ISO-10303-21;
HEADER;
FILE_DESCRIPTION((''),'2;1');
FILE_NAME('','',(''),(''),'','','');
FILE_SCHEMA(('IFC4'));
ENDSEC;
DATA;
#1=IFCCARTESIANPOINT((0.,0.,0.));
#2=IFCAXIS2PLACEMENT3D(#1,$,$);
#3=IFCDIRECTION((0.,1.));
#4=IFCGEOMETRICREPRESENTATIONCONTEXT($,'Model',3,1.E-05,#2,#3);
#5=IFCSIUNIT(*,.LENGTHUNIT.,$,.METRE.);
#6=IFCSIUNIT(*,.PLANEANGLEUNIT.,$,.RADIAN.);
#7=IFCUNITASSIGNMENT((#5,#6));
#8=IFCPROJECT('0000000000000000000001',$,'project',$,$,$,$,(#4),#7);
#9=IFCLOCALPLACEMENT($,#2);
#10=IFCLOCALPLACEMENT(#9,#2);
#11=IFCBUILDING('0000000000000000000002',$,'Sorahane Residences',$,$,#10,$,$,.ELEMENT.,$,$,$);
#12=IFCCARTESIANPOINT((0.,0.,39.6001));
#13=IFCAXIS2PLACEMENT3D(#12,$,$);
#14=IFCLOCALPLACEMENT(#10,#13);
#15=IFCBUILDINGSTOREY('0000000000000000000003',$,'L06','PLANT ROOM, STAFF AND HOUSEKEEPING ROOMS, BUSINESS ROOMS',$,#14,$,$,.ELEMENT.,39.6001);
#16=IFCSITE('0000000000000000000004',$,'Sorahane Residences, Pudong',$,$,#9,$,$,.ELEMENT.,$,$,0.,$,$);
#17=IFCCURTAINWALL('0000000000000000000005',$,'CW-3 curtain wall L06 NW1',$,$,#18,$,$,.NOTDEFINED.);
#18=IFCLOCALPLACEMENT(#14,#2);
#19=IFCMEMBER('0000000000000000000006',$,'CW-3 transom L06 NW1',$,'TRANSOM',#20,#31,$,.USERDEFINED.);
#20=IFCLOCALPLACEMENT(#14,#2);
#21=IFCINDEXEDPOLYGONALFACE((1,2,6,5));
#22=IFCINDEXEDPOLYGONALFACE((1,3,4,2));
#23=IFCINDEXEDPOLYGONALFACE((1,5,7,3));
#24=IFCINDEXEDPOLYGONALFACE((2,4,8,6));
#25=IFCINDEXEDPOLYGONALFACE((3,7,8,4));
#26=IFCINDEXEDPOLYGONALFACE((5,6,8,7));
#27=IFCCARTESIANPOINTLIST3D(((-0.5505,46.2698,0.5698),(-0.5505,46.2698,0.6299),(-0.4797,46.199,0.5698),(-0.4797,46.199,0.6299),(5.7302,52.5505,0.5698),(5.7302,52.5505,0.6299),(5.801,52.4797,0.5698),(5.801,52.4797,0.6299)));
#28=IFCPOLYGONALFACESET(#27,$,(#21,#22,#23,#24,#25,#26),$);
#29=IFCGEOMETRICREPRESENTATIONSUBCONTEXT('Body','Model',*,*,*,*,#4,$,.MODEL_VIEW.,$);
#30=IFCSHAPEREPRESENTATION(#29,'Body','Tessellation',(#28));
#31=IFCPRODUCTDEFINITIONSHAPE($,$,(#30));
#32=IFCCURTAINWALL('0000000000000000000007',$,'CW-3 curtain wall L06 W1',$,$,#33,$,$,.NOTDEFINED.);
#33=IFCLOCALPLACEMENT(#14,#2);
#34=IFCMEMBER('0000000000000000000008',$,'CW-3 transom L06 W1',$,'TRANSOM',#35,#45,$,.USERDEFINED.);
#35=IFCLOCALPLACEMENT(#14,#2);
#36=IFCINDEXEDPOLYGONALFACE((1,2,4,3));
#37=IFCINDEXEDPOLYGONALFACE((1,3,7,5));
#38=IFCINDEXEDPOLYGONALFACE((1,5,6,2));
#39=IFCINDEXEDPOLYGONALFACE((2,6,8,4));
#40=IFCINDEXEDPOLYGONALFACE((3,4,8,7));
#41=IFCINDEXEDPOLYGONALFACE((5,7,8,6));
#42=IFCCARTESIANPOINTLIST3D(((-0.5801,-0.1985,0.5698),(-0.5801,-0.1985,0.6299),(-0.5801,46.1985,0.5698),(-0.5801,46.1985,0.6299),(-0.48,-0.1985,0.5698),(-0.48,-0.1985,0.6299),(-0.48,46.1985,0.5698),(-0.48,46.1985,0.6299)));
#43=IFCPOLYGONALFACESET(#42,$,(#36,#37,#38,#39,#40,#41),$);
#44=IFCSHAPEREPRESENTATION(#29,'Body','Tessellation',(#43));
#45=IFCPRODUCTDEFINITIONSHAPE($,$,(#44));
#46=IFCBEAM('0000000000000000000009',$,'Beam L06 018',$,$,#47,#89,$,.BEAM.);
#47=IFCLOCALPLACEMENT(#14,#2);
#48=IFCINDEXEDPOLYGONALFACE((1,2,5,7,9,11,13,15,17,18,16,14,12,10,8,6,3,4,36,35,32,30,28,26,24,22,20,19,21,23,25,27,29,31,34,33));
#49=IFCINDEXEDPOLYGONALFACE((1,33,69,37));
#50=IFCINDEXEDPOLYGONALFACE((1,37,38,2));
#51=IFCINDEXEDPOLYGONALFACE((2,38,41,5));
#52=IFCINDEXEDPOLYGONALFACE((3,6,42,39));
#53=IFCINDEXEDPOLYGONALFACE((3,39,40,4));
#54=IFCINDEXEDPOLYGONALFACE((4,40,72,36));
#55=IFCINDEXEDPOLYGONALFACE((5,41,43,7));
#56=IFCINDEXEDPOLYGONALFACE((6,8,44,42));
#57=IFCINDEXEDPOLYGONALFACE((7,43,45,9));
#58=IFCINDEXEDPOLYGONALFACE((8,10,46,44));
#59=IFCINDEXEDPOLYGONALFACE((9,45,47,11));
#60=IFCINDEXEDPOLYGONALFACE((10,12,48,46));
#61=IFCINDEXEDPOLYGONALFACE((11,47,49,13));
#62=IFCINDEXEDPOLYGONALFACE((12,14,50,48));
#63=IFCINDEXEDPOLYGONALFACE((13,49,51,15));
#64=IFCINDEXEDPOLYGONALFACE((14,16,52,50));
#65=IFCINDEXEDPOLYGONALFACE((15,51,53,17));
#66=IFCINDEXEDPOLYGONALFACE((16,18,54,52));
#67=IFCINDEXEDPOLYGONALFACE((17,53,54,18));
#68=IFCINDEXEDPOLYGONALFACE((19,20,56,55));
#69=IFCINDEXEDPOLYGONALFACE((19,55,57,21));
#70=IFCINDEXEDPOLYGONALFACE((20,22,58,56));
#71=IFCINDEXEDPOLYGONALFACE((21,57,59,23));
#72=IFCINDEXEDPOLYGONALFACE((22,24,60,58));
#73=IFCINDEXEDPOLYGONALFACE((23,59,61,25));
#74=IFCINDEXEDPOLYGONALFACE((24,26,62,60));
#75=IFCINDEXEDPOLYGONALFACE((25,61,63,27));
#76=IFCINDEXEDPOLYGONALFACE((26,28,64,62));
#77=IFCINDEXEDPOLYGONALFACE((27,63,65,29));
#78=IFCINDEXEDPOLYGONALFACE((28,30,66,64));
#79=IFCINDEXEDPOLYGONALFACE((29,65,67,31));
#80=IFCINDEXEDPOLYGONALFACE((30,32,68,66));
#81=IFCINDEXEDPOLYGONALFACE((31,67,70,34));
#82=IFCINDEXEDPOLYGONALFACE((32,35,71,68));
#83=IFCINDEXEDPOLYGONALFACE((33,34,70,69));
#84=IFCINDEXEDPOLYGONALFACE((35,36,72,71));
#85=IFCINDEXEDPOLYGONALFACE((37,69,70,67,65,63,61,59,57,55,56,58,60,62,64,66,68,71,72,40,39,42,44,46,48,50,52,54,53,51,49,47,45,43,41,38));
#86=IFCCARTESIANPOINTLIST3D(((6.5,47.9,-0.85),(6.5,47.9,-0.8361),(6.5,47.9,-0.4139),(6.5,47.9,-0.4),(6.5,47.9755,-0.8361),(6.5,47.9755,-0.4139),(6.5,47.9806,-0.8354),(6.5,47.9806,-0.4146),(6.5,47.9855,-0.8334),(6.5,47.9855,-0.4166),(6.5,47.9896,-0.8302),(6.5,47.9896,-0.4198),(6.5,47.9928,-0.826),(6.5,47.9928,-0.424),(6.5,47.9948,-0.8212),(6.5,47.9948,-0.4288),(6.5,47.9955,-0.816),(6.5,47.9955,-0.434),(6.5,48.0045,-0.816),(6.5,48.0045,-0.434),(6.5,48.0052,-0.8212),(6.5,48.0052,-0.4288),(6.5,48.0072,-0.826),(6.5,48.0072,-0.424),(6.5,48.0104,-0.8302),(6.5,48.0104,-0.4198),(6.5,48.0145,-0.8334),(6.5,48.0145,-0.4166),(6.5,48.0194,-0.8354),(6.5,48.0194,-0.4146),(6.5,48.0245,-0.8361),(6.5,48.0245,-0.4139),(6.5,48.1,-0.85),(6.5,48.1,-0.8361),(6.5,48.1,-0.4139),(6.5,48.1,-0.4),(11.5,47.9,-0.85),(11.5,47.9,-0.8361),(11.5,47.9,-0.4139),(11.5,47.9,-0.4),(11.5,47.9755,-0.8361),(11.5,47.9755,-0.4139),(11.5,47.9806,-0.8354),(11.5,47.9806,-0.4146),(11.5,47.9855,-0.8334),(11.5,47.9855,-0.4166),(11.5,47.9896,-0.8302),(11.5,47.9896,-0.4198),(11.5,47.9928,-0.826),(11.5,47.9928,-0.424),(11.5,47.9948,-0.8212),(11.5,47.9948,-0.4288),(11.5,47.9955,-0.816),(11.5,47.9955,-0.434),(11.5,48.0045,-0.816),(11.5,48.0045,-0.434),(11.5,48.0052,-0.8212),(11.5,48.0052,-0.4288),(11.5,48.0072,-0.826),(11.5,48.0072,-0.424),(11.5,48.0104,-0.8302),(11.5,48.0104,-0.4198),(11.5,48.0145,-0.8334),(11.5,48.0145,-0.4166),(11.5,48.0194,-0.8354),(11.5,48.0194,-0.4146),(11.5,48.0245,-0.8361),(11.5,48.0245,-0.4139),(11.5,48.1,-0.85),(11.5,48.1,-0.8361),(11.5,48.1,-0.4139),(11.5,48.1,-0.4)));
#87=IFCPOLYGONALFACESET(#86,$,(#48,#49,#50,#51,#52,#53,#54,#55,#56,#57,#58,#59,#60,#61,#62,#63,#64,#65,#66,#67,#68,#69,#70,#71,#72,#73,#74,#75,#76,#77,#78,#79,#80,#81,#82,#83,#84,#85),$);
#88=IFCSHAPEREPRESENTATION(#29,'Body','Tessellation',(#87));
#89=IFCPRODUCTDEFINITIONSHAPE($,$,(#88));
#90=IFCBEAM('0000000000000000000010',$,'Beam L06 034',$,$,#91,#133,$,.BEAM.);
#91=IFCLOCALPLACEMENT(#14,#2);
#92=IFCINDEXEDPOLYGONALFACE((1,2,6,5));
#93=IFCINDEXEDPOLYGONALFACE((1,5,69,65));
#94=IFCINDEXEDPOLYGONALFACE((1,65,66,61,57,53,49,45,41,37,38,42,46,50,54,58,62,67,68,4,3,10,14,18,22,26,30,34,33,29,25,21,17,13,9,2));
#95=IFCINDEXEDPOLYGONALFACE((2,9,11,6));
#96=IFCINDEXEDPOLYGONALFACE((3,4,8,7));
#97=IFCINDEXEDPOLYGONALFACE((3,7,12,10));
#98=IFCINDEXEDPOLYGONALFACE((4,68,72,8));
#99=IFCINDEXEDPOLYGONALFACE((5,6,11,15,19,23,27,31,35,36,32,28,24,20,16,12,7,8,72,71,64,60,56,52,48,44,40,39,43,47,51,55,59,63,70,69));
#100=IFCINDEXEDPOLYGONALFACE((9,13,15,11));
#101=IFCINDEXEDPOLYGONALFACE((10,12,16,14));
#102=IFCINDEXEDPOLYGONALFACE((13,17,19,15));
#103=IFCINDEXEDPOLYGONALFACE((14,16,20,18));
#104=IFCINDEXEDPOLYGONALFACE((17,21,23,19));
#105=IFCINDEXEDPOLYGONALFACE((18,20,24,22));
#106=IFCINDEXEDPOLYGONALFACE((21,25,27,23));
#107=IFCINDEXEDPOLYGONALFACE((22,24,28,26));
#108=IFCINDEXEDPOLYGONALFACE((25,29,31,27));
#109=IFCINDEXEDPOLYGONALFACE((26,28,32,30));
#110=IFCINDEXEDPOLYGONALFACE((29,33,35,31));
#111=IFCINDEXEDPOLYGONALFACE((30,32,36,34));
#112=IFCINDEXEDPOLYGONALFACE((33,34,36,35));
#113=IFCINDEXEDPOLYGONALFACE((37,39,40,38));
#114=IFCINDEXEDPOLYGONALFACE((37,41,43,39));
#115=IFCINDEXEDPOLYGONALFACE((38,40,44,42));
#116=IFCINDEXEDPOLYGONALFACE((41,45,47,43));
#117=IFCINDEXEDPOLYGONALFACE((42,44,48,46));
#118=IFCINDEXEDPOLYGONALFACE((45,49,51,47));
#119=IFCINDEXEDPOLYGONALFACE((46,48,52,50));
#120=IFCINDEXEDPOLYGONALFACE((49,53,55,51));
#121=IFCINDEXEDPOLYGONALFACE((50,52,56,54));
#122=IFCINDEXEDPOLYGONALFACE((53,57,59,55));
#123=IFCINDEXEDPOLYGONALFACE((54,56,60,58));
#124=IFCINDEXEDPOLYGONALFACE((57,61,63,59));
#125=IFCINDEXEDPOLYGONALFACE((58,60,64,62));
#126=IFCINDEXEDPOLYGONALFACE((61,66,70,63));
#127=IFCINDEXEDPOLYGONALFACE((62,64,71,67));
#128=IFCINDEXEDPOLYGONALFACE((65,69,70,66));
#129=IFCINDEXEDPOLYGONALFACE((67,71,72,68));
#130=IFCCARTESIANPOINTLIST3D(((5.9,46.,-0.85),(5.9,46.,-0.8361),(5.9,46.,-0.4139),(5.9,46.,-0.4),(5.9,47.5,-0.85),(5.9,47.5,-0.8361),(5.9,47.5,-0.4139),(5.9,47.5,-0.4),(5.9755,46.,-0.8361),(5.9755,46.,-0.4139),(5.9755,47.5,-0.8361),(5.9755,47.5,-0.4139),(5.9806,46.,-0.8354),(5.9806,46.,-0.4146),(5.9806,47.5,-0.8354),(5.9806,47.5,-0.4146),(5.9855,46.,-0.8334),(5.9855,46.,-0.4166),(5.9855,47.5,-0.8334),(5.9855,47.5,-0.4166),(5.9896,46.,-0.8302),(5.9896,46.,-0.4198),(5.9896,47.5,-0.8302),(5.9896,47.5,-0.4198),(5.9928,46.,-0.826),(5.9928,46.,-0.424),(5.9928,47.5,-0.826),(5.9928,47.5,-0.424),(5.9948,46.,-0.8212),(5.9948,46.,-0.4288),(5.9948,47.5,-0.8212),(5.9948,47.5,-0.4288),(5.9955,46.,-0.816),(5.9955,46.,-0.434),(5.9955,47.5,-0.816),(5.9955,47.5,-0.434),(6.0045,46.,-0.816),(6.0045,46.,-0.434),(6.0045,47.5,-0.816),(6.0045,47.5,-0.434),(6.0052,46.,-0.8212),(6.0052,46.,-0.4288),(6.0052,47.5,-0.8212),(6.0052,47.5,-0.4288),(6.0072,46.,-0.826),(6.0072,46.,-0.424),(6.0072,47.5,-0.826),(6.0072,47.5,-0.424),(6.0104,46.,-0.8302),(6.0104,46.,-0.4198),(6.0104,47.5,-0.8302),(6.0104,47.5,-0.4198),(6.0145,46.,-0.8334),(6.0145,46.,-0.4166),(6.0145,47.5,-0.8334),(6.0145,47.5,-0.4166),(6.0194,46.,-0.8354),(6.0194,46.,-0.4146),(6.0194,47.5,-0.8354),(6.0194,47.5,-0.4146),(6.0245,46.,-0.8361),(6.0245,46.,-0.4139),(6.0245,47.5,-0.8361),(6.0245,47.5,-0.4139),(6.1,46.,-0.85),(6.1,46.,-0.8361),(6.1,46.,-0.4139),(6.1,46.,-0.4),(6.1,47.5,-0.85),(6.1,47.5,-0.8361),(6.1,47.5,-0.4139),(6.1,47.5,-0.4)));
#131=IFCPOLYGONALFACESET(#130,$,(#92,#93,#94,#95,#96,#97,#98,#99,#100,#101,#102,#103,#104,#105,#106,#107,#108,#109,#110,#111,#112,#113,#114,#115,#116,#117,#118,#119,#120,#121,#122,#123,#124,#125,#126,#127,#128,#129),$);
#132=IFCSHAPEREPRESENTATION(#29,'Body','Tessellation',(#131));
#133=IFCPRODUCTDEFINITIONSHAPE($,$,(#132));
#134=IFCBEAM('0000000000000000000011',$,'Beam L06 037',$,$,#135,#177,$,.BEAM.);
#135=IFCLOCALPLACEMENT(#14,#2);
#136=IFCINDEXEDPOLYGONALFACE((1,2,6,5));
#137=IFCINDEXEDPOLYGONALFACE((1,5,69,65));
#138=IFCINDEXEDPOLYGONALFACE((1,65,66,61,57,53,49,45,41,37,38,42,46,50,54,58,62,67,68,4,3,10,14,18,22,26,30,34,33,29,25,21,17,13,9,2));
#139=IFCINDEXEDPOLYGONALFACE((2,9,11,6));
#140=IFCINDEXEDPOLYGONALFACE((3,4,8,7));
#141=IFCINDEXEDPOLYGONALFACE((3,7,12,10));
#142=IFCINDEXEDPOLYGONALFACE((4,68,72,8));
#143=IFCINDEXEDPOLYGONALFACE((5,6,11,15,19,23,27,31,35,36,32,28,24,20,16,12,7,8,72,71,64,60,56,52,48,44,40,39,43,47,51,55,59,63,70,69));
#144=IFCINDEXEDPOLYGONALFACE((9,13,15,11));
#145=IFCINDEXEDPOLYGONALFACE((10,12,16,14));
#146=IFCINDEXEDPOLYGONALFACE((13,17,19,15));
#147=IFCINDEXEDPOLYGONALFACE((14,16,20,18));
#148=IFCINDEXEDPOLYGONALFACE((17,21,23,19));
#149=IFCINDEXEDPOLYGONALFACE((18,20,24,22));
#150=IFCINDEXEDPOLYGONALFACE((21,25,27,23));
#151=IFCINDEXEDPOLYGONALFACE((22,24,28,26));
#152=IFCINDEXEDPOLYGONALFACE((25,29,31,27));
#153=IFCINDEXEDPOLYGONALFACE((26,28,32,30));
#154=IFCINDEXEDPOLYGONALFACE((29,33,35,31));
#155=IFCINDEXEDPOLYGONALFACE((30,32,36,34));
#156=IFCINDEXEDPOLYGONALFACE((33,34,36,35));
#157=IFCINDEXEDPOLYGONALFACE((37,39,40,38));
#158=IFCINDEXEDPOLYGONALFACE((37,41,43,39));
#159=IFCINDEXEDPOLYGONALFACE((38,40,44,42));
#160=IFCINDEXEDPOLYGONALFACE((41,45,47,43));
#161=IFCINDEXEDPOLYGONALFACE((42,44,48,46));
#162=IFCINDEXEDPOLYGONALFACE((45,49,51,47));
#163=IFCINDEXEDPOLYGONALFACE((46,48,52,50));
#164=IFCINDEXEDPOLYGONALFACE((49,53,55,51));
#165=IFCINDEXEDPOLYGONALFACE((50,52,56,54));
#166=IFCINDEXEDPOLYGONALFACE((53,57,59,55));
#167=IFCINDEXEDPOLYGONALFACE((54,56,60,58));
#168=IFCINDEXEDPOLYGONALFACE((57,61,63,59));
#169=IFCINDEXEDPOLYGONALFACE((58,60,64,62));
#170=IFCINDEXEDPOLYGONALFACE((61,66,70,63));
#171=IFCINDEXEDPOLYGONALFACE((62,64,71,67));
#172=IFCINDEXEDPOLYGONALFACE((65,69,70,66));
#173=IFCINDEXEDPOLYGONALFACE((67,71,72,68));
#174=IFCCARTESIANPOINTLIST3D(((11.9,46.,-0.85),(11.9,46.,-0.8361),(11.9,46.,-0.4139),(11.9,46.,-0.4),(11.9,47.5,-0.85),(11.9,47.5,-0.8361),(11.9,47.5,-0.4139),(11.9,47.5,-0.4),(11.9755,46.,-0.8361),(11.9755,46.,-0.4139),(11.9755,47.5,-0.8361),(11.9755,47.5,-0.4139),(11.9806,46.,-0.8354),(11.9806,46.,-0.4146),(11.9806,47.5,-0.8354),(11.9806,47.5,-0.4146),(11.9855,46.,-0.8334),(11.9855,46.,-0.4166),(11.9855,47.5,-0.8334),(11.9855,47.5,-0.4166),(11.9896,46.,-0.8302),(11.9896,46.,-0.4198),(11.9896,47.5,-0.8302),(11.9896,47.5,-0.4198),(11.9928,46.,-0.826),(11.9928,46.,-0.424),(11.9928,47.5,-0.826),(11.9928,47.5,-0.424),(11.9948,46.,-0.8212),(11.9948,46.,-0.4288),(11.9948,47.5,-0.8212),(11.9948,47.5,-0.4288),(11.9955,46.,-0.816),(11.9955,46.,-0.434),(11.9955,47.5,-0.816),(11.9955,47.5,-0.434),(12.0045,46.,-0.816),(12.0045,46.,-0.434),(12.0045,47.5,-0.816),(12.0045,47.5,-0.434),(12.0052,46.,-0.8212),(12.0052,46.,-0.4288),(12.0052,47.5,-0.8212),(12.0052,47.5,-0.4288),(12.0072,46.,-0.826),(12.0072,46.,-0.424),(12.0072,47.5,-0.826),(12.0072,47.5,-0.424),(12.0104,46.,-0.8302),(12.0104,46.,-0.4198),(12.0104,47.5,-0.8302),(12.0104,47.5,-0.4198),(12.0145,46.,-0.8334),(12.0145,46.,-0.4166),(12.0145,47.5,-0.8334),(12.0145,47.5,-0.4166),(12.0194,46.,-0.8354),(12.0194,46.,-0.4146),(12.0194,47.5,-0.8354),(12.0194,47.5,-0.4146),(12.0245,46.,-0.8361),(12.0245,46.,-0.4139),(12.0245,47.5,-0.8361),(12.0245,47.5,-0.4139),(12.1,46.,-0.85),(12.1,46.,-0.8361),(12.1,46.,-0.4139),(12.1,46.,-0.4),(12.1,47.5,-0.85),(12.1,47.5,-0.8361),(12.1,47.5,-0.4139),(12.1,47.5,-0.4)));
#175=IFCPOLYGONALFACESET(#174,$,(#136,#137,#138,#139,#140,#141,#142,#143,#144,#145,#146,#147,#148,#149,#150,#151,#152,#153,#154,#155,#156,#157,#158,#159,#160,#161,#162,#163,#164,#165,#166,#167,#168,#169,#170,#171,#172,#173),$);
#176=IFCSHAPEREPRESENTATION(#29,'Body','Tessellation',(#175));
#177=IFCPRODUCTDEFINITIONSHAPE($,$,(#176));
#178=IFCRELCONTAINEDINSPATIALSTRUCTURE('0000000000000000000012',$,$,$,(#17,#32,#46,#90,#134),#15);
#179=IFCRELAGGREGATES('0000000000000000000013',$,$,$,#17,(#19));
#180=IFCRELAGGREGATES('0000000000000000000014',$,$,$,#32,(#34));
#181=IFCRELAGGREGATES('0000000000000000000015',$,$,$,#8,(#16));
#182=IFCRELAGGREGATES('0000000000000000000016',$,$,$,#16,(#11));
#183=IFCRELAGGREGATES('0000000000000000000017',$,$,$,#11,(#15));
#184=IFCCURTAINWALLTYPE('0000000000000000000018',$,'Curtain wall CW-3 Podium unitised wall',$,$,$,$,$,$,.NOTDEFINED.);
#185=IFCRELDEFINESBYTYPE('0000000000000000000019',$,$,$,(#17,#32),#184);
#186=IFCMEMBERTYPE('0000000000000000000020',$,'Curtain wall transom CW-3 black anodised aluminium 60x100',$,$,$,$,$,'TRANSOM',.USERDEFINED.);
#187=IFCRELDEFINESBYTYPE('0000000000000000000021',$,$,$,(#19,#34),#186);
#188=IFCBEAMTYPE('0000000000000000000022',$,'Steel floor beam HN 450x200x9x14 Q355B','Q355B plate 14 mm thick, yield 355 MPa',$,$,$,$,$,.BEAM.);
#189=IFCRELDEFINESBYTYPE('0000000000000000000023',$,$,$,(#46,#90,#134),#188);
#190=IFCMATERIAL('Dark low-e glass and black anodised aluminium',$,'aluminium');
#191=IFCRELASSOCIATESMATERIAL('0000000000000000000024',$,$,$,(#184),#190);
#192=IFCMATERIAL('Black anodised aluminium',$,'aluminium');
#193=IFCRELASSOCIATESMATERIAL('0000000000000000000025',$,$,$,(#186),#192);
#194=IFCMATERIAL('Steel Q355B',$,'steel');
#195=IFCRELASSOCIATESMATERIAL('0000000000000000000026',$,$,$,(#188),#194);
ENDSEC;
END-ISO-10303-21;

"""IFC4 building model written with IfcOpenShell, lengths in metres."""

from ifc_helpers import new_model, si_unit, direction, frame, origin, origin_2d, place, context, subcontext, project, spatial, rectangle, i_section, extrude, material, material_profile, profile_set, type_object, element, aggregate, save


model = new_model("IFC4")

# Units and contexts
model_context = context("Model", 3, precision=1e-05, world=origin(), true_north=direction((0.0, 1.0)))
body_context = subcontext(model_context, "Body", "Model", "MODEL_VIEW")
ifc_project = project(units=[si_unit("LENGTHUNIT", "METRE"), si_unit("PLANEANGLEUNIT", "RADIAN")], contexts=[model_context])

# Site, building, storey
site_placement = place(None, origin())
site = spatial("IfcSite", under=ifc_project, at=site_placement, Name="Sorahane Residences, Pudong", CompositionType="ELEMENT", RefElevation=0.0)
building_placement = place(site_placement, origin())
building = spatial("IfcBuilding", under=site, at=building_placement, Name="Sorahane Residences", CompositionType="ELEMENT")
storey_placement = place(building_placement, frame((0.0, 0.0, 39.6001)))
storey = spatial("IfcBuildingStorey", under=building, at=storey_placement, Name="L06", Description="PLANT ROOM, STAFF AND HOUSEKEEPING ROOMS, BUSINESS ROOMS", CompositionType="ELEMENT", Elevation=39.6001)

# Curtain wall, member
ifc_material_1 = material(Name="Dark low-e glass and black anodised aluminium", Category="aluminium")
curtain_wall_type = type_object("IfcCurtainWallType", Name="Curtain wall CW-3 Podium unitised wall", PredefinedType="NOTDEFINED", material=ifc_material_1)
curtain_wall_1_placement = place(storey_placement, origin())
curtain_wall_1 = element("IfcCurtainWall", 1, at=curtain_wall_1_placement, inside=storey, type_object=curtain_wall_type, Name="CW-3 curtain wall L06 NW1", PredefinedType="NOTDEFINED")
ifc_material_2 = material(Name="Black anodised aluminium", Category="aluminium")
ifc_material_profile_1 = material_profile(ifc_material_2, rectangle(XDim=0.1001, YDim=0.0601, at=origin_2d()), Name="Curtain wall transom CW-3 black anodised aluminium 60x100")
ifc_profile_set_1 = profile_set([ifc_material_profile_1], Name="Black anodised aluminium")
member_type_1 = type_object("IfcMemberType", Name="Curtain wall transom CW-3 black anodised aluminium 60x100", ElementType="TRANSOM", PredefinedType="USERDEFINED", material=ifc_profile_set_1)
member_1_placement = place(storey_placement, frame((5.7656, 52.5151, 0.5999), z_axis=(-0.707107, -0.707107, 0.0), x_axis=(0.707107, -0.707107, 0.0)))
member_1 = element("IfcMember", 2, at=member_1_placement, type_object=member_type_1, Name="CW-3 transom L06 NW1", ObjectType="TRANSOM", PredefinedType="USERDEFINED", context=body_context, shape_type="SweptSolid", body=[
    extrude(rectangle(XDim=0.1001, YDim=0.0601, at=origin_2d()), origin(), (0.0, 0.0, 1.0), 8.8823),
])

# Curtain wall, member
curtain_wall_2_placement = place(storey_placement, origin())
curtain_wall_2 = element("IfcCurtainWall", 3, at=curtain_wall_2_placement, inside=storey, type_object=curtain_wall_type, Name="CW-3 curtain wall L06 W1", PredefinedType="NOTDEFINED")
member_2_placement = place(storey_placement, frame((-0.53, 46.1985, 0.5999), z_axis=(0.0, -1.0, 0.0), x_axis=(1.0, 0.0, 0.0)))
member_2 = element("IfcMember", 4, at=member_2_placement, type_object=member_type_1, Name="CW-3 transom L06 W1", ObjectType="TRANSOM", PredefinedType="USERDEFINED", context=body_context, shape_type="SweptSolid", body=[
    extrude(rectangle(XDim=0.1001, YDim=0.0601, at=origin_2d()), origin(), (0.0, 0.0, 1.0), 46.397),
])

# Beams
ifc_material_3 = material(Name="Steel Q355B", Category="steel")
ifc_material_profile_2 = material_profile(ifc_material_3, i_section(OverallWidth=0.2, OverallDepth=0.45, WebThickness=0.009, FlangeThickness=0.0139, FilletRadius=0.02, at=origin_2d()), Name="HN 450x200x9x14")
ifc_profile_set_2 = profile_set([ifc_material_profile_2], Name="Steel Q355B")
beam_type_1 = type_object("IfcBeamType", Name="Steel floor beam HN 450x200x9x14 Q355B", Description="Q355B plate 14 mm thick, yield 355 MPa", PredefinedType="BEAM", material=ifc_profile_set_2)
beam_1_placement = place(storey_placement, frame((6.5, 48.0, -0.625), z_axis=(1.0, 0.0, 0.0), x_axis=(0.0, 1.0, 0.0)))
element("IfcBeam", 5, at=beam_1_placement, inside=storey, type_object=beam_type_1, Name="Beam L06 018", PredefinedType="BEAM", context=body_context, shape_type="SweptSolid", body=[
    extrude(i_section(OverallWidth=0.2, OverallDepth=0.45, WebThickness=0.009, FlangeThickness=0.0139, FilletRadius=0.02, at=origin_2d()), origin(), (0.0, 0.0, 1.0), 5.0),
])
for number, where, z_axis, x_axis, name in (
    (6, (6.0, 46.0, -0.625), (0.0, 1.0, 0.0), (-1.0, 0.0, 0.0), "Beam L06 034"),
    (7, (12.0, 46.0, -0.625), (0.0, 1.0, 0.0), (-1.0, 0.0, 0.0), "Beam L06 037"),
):
    element("IfcBeam", number, at=place(storey_placement, frame(where, z_axis=z_axis, x_axis=x_axis)), inside=storey, type_object=beam_type_1, Name=name, PredefinedType="BEAM", context=body_context, shape_type="SweptSolid", body=[
        extrude(i_section(OverallWidth=0.2, OverallDepth=0.45, WebThickness=0.009, FlangeThickness=0.0139, FilletRadius=0.02, at=origin_2d()), origin(), (0.0, 0.0, 1.0), 1.5),
    ])

aggregate(curtain_wall_1, [member_1])
aggregate(curtain_wall_2, [member_2])

save(model, "model.ifc")
